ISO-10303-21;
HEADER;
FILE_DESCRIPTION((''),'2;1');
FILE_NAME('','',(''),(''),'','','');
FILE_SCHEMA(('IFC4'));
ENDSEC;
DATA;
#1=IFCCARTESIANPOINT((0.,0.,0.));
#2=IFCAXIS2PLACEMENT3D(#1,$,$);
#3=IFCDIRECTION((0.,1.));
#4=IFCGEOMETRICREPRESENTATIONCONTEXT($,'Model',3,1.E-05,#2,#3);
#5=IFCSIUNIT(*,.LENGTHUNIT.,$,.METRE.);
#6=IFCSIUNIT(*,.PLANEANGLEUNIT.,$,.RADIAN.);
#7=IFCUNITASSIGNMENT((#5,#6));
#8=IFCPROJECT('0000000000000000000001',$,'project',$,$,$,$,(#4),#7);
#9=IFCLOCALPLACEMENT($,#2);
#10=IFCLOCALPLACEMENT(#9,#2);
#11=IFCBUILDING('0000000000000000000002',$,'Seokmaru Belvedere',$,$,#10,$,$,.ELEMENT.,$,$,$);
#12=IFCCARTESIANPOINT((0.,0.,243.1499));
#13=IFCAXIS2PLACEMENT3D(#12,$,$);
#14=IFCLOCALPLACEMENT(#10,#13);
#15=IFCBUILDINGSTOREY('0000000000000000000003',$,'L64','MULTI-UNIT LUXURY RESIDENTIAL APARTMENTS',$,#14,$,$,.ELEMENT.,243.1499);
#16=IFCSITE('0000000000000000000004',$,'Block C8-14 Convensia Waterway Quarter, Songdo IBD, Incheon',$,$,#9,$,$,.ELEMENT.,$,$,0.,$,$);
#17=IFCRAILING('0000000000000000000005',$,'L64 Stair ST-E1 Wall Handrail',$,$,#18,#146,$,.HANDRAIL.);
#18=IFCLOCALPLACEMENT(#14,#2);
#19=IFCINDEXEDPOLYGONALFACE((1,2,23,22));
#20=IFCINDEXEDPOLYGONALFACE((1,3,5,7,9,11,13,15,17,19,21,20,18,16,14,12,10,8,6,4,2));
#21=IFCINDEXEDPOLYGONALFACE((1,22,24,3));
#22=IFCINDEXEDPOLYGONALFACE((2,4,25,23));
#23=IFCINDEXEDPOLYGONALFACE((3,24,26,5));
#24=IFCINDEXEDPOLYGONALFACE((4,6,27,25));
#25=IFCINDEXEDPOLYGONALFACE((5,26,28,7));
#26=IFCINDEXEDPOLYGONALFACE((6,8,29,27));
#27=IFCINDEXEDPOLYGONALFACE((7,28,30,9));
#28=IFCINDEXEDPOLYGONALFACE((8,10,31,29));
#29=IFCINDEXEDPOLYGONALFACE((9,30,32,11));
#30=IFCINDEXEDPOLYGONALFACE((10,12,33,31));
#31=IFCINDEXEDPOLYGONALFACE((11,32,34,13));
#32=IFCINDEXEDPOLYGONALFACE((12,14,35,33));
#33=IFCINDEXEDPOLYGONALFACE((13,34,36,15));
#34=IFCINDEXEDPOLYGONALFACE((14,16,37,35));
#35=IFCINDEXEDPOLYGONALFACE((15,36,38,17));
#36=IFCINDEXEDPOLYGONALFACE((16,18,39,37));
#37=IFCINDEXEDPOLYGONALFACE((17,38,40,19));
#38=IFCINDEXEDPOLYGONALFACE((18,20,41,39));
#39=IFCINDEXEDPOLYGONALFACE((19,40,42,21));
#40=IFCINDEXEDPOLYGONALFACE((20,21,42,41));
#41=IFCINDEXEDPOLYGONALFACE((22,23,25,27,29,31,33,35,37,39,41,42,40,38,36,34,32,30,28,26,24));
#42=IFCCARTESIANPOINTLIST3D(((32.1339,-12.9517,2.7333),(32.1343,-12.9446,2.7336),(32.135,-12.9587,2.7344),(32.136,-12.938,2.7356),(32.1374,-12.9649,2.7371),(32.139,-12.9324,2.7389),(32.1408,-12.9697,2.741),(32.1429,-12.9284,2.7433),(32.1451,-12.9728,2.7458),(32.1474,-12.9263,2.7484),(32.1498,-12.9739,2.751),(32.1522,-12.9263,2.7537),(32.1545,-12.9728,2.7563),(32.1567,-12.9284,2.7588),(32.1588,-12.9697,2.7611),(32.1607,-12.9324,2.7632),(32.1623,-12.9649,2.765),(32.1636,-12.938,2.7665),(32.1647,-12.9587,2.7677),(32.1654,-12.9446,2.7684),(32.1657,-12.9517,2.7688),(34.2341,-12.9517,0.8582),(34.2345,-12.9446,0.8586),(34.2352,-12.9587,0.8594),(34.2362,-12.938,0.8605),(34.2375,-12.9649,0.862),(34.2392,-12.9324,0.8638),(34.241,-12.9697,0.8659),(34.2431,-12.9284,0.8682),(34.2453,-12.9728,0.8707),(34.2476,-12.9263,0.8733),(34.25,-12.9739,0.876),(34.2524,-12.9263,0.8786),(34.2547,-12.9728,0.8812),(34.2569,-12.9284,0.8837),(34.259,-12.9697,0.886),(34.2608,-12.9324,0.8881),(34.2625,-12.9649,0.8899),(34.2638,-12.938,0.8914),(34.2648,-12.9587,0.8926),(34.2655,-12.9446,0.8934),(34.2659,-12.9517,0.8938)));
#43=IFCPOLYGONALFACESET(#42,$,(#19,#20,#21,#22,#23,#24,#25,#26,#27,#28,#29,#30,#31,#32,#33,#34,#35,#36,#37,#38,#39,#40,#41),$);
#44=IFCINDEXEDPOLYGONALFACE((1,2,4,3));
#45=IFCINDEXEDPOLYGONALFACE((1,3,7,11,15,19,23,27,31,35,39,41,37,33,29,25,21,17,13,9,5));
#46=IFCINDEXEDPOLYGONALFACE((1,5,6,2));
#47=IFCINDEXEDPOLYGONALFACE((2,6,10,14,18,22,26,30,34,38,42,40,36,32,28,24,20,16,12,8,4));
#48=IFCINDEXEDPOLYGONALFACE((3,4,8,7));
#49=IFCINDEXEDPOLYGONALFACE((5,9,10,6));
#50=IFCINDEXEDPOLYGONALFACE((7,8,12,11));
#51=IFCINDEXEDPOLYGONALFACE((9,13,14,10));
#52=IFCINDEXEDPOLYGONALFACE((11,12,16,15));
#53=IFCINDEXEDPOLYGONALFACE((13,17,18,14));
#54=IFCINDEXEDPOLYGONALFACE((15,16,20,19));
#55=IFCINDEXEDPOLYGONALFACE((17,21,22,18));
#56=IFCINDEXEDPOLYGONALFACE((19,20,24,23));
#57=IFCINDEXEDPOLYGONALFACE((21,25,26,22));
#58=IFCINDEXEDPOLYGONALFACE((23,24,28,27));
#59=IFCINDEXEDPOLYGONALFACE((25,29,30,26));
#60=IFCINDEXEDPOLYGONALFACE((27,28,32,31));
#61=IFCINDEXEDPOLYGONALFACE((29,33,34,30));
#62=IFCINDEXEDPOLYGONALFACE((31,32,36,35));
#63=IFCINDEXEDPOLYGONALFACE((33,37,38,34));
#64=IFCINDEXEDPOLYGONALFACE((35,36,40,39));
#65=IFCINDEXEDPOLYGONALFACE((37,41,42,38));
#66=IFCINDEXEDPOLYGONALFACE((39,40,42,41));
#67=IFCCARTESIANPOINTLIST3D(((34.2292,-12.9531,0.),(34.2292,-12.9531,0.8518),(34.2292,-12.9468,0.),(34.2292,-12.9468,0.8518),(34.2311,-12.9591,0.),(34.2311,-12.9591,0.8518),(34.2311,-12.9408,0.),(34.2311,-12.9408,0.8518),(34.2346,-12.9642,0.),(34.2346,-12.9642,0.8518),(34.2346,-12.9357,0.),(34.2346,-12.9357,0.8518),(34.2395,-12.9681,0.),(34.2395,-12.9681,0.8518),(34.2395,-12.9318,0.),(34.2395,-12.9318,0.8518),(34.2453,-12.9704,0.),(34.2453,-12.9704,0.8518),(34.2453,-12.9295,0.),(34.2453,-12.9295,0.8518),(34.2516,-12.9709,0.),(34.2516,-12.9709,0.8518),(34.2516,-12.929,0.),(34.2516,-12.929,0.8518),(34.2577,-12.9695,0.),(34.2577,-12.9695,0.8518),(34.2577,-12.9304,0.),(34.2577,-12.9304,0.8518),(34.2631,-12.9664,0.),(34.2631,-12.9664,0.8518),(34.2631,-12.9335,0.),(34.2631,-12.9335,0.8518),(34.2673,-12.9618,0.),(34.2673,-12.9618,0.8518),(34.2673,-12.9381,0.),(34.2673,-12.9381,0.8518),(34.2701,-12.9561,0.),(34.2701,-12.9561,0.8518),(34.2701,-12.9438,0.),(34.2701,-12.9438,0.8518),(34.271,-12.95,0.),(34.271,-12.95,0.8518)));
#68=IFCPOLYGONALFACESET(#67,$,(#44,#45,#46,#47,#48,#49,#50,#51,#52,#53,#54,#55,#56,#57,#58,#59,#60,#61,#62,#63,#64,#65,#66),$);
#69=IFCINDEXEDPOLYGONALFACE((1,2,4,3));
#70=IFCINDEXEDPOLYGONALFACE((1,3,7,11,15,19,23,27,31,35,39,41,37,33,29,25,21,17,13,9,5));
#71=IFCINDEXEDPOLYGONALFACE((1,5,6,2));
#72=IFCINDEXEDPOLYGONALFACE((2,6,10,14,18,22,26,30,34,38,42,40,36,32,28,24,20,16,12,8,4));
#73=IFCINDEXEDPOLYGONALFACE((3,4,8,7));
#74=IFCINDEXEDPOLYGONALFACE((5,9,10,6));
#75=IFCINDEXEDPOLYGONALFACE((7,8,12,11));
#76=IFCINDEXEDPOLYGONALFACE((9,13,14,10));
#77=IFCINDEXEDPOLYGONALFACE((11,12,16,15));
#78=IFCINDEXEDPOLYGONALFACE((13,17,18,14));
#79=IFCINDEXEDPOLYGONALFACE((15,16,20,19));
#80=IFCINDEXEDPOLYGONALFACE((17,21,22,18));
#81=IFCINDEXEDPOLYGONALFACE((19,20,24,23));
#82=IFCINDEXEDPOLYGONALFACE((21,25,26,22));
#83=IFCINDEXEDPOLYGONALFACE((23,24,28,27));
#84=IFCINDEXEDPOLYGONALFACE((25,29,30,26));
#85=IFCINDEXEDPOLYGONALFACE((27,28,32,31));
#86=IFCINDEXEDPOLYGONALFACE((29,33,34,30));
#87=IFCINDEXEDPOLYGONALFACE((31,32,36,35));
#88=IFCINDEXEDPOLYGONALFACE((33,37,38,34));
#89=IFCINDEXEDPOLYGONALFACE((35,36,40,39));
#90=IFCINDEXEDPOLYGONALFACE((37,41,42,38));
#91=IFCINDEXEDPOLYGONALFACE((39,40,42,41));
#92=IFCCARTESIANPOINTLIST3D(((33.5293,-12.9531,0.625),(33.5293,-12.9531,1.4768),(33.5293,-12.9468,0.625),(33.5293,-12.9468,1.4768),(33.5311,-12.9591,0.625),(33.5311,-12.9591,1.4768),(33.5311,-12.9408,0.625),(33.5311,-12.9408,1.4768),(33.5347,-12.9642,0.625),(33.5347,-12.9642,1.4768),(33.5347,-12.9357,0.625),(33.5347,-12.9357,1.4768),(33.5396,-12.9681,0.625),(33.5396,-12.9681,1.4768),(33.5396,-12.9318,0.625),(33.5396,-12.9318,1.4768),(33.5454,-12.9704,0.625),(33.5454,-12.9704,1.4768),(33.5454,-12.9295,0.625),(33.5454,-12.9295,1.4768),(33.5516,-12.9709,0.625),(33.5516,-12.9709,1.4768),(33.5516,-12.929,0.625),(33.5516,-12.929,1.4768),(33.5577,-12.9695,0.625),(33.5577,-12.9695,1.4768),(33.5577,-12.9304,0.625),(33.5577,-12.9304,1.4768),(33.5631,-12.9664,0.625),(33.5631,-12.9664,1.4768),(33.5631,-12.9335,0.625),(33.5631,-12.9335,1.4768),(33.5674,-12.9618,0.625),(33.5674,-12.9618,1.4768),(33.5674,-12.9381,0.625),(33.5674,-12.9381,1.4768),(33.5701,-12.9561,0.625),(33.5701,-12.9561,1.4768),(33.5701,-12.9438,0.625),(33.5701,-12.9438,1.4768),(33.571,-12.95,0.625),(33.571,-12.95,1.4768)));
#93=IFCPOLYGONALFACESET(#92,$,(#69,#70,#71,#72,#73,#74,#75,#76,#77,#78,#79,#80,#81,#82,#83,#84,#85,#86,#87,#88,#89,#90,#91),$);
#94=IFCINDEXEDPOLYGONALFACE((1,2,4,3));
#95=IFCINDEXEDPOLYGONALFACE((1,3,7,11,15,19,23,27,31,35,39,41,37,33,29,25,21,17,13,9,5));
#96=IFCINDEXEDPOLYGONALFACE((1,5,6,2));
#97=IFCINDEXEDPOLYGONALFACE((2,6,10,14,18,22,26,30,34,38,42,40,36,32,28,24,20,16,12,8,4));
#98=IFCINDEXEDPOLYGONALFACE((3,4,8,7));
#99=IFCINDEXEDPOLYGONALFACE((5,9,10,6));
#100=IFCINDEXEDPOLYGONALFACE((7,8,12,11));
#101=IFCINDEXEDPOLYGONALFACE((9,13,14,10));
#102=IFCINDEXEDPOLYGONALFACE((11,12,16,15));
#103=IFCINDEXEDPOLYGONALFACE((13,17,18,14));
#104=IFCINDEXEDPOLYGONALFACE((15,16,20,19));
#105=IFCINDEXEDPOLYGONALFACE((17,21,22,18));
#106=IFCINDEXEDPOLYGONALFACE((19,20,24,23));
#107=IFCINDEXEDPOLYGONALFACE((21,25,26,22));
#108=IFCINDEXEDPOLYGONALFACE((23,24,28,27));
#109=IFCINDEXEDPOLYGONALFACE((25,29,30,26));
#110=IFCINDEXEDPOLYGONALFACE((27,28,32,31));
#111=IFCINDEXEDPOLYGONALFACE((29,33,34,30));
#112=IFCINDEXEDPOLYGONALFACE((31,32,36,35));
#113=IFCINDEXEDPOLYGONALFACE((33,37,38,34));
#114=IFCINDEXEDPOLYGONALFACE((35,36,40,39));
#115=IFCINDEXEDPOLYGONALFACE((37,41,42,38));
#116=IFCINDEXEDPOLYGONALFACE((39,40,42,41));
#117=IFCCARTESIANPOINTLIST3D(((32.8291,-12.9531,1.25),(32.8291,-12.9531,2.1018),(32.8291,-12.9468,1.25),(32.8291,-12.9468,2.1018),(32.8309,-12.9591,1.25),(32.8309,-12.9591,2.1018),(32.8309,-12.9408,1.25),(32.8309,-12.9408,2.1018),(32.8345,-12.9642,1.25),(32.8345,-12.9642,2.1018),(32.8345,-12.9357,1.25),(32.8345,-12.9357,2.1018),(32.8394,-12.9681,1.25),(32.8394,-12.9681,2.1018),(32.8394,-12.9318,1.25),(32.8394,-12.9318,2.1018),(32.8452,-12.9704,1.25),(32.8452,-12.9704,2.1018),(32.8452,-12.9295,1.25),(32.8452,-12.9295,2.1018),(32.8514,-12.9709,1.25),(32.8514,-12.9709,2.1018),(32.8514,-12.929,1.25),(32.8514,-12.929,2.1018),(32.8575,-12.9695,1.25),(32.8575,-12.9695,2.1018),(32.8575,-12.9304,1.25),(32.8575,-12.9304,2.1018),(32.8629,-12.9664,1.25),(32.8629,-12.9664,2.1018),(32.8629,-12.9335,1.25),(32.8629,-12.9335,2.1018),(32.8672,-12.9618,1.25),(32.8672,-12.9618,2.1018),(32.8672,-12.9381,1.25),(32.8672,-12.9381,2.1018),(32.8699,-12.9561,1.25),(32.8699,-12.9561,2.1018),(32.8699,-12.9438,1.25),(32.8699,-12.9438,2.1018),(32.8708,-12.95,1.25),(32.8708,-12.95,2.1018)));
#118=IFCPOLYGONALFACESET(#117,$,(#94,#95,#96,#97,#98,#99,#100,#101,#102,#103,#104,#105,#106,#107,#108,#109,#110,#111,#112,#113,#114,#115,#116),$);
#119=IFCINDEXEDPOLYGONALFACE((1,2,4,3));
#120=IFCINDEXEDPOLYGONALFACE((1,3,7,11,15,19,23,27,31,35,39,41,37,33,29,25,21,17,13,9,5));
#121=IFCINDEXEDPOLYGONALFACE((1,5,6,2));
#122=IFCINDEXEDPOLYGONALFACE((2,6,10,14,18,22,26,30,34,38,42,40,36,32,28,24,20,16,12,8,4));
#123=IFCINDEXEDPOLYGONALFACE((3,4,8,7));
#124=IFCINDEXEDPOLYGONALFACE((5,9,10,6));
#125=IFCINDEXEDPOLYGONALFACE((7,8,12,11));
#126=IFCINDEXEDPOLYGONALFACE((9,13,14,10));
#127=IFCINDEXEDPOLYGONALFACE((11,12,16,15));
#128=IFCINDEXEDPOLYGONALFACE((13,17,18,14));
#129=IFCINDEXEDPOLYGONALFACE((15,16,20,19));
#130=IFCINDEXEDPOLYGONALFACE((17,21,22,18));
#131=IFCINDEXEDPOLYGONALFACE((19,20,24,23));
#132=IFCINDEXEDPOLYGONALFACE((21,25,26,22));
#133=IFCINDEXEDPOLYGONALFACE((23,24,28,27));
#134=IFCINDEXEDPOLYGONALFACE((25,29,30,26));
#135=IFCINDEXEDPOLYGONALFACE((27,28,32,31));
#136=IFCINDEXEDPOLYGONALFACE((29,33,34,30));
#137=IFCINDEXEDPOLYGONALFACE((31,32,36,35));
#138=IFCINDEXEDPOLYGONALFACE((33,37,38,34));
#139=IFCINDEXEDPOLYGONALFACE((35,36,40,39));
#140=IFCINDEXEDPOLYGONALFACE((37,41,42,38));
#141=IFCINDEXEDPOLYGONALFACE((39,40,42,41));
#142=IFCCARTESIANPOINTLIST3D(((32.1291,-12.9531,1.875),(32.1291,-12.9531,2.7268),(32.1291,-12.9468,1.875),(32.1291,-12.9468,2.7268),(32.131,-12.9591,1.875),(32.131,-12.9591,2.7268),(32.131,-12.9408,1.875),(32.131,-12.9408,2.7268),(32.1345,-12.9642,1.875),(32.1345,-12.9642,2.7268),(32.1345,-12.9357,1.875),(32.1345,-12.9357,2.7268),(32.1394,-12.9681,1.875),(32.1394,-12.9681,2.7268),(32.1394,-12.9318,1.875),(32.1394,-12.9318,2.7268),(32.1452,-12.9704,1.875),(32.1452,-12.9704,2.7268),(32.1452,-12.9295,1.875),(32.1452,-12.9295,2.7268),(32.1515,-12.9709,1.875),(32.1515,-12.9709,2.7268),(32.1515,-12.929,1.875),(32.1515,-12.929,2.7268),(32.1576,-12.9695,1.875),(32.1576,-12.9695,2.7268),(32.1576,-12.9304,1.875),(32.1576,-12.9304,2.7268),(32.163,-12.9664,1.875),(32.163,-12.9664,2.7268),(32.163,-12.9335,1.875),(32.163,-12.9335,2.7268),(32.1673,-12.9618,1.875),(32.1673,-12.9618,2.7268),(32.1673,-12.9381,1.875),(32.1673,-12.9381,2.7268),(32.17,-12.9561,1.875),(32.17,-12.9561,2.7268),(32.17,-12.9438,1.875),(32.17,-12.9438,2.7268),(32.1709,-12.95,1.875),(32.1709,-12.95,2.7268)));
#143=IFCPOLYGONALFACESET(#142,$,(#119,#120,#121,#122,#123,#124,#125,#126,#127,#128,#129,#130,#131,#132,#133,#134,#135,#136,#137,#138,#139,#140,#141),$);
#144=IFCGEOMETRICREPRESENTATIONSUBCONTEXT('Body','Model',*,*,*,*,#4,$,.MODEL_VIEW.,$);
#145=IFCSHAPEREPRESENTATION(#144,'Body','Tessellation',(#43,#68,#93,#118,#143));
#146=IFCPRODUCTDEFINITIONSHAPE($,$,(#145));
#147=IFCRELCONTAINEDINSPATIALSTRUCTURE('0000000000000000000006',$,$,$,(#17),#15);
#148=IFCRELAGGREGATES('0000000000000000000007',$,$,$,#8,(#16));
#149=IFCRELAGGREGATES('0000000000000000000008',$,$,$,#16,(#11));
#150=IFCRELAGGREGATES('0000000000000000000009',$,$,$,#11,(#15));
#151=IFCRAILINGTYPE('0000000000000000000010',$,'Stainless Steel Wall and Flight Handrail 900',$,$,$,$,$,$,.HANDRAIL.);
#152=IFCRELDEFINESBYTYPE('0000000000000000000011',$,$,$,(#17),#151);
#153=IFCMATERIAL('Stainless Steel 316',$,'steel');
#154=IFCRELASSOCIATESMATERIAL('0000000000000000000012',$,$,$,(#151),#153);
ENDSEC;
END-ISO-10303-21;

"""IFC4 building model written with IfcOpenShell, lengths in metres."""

from ifc_helpers import new_model, si_unit, direction, frame, origin, origin_2d, place, context, subcontext, project, spatial, circle, extrude, material, type_object, element, save


model = new_model("IFC4")

# Units and contexts
model_context = context("Model", 3, precision=1e-05, world=origin(), true_north=direction((0.0, 1.0)))
body_context = subcontext(model_context, "Body", "Model", "MODEL_VIEW")
ifc_project = project(units=[si_unit("LENGTHUNIT", "METRE"), si_unit("PLANEANGLEUNIT", "RADIAN")], contexts=[model_context])

# Site, building, storey
site_placement = place(None, origin())
site = spatial("IfcSite", under=ifc_project, at=site_placement, Name="Block C8-14 Convensia Waterway Quarter, Songdo IBD, Incheon", CompositionType="ELEMENT", RefElevation=0.0)
building_placement = place(site_placement, origin())
building = spatial("IfcBuilding", under=site, at=building_placement, Name="Seokmaru Belvedere", CompositionType="ELEMENT")
storey_placement = place(building_placement, frame((0.0, 0.0, 243.1499)))
storey = spatial("IfcBuildingStorey", under=building, at=storey_placement, Name="L64", Description="MULTI-UNIT LUXURY RESIDENTIAL APARTMENTS", CompositionType="ELEMENT", Elevation=243.1499)

# Shared definitions
ifc_material_1 = material(Name="Stainless Steel 316", Category="steel")

# Railing
railing_type_1 = type_object("IfcRailingType", Name="Stainless Steel Wall and Flight Handrail 900", PredefinedType="HANDRAIL", material=ifc_material_1)
railing_1_placement = place(storey_placement, frame((34.25, -12.95, 0.0)))
element("IfcRailing", 1, at=railing_1_placement, inside=storey, type_object=railing_type_1, Name="L64 Stair ST-E1 Wall Handrail", PredefinedType="HANDRAIL", context=body_context, shape_type="SweptSolid", body=[
    extrude(circle(Radius=0.0239, at=origin_2d()), frame((0.0, 0.0, 0.876), z_axis=(-0.745953, 0.0, 0.665999), x_axis=(0.0, -1.0, 0.0)), (0.0, 0.0, 1.0), 2.8154),
    extrude(circle(Radius=0.021, at=origin_2d()), origin(), (0.0, 0.0, 1.0), 0.8518),
    extrude(circle(Radius=0.021, at=origin_2d()), frame((-0.7, 0.0, 0.625)), (0.0, 0.0, 1.0), 0.8518),
    extrude(circle(Radius=0.021, at=origin_2d()), frame((-1.4001, 0.0, 1.25)), (0.0, 0.0, 1.0), 0.8518),
    extrude(circle(Radius=0.021, at=origin_2d()), frame((-2.1001, 0.0, 1.875)), (0.0, 0.0, 1.0), 0.8518),
])

save(model, "model.ifc")
